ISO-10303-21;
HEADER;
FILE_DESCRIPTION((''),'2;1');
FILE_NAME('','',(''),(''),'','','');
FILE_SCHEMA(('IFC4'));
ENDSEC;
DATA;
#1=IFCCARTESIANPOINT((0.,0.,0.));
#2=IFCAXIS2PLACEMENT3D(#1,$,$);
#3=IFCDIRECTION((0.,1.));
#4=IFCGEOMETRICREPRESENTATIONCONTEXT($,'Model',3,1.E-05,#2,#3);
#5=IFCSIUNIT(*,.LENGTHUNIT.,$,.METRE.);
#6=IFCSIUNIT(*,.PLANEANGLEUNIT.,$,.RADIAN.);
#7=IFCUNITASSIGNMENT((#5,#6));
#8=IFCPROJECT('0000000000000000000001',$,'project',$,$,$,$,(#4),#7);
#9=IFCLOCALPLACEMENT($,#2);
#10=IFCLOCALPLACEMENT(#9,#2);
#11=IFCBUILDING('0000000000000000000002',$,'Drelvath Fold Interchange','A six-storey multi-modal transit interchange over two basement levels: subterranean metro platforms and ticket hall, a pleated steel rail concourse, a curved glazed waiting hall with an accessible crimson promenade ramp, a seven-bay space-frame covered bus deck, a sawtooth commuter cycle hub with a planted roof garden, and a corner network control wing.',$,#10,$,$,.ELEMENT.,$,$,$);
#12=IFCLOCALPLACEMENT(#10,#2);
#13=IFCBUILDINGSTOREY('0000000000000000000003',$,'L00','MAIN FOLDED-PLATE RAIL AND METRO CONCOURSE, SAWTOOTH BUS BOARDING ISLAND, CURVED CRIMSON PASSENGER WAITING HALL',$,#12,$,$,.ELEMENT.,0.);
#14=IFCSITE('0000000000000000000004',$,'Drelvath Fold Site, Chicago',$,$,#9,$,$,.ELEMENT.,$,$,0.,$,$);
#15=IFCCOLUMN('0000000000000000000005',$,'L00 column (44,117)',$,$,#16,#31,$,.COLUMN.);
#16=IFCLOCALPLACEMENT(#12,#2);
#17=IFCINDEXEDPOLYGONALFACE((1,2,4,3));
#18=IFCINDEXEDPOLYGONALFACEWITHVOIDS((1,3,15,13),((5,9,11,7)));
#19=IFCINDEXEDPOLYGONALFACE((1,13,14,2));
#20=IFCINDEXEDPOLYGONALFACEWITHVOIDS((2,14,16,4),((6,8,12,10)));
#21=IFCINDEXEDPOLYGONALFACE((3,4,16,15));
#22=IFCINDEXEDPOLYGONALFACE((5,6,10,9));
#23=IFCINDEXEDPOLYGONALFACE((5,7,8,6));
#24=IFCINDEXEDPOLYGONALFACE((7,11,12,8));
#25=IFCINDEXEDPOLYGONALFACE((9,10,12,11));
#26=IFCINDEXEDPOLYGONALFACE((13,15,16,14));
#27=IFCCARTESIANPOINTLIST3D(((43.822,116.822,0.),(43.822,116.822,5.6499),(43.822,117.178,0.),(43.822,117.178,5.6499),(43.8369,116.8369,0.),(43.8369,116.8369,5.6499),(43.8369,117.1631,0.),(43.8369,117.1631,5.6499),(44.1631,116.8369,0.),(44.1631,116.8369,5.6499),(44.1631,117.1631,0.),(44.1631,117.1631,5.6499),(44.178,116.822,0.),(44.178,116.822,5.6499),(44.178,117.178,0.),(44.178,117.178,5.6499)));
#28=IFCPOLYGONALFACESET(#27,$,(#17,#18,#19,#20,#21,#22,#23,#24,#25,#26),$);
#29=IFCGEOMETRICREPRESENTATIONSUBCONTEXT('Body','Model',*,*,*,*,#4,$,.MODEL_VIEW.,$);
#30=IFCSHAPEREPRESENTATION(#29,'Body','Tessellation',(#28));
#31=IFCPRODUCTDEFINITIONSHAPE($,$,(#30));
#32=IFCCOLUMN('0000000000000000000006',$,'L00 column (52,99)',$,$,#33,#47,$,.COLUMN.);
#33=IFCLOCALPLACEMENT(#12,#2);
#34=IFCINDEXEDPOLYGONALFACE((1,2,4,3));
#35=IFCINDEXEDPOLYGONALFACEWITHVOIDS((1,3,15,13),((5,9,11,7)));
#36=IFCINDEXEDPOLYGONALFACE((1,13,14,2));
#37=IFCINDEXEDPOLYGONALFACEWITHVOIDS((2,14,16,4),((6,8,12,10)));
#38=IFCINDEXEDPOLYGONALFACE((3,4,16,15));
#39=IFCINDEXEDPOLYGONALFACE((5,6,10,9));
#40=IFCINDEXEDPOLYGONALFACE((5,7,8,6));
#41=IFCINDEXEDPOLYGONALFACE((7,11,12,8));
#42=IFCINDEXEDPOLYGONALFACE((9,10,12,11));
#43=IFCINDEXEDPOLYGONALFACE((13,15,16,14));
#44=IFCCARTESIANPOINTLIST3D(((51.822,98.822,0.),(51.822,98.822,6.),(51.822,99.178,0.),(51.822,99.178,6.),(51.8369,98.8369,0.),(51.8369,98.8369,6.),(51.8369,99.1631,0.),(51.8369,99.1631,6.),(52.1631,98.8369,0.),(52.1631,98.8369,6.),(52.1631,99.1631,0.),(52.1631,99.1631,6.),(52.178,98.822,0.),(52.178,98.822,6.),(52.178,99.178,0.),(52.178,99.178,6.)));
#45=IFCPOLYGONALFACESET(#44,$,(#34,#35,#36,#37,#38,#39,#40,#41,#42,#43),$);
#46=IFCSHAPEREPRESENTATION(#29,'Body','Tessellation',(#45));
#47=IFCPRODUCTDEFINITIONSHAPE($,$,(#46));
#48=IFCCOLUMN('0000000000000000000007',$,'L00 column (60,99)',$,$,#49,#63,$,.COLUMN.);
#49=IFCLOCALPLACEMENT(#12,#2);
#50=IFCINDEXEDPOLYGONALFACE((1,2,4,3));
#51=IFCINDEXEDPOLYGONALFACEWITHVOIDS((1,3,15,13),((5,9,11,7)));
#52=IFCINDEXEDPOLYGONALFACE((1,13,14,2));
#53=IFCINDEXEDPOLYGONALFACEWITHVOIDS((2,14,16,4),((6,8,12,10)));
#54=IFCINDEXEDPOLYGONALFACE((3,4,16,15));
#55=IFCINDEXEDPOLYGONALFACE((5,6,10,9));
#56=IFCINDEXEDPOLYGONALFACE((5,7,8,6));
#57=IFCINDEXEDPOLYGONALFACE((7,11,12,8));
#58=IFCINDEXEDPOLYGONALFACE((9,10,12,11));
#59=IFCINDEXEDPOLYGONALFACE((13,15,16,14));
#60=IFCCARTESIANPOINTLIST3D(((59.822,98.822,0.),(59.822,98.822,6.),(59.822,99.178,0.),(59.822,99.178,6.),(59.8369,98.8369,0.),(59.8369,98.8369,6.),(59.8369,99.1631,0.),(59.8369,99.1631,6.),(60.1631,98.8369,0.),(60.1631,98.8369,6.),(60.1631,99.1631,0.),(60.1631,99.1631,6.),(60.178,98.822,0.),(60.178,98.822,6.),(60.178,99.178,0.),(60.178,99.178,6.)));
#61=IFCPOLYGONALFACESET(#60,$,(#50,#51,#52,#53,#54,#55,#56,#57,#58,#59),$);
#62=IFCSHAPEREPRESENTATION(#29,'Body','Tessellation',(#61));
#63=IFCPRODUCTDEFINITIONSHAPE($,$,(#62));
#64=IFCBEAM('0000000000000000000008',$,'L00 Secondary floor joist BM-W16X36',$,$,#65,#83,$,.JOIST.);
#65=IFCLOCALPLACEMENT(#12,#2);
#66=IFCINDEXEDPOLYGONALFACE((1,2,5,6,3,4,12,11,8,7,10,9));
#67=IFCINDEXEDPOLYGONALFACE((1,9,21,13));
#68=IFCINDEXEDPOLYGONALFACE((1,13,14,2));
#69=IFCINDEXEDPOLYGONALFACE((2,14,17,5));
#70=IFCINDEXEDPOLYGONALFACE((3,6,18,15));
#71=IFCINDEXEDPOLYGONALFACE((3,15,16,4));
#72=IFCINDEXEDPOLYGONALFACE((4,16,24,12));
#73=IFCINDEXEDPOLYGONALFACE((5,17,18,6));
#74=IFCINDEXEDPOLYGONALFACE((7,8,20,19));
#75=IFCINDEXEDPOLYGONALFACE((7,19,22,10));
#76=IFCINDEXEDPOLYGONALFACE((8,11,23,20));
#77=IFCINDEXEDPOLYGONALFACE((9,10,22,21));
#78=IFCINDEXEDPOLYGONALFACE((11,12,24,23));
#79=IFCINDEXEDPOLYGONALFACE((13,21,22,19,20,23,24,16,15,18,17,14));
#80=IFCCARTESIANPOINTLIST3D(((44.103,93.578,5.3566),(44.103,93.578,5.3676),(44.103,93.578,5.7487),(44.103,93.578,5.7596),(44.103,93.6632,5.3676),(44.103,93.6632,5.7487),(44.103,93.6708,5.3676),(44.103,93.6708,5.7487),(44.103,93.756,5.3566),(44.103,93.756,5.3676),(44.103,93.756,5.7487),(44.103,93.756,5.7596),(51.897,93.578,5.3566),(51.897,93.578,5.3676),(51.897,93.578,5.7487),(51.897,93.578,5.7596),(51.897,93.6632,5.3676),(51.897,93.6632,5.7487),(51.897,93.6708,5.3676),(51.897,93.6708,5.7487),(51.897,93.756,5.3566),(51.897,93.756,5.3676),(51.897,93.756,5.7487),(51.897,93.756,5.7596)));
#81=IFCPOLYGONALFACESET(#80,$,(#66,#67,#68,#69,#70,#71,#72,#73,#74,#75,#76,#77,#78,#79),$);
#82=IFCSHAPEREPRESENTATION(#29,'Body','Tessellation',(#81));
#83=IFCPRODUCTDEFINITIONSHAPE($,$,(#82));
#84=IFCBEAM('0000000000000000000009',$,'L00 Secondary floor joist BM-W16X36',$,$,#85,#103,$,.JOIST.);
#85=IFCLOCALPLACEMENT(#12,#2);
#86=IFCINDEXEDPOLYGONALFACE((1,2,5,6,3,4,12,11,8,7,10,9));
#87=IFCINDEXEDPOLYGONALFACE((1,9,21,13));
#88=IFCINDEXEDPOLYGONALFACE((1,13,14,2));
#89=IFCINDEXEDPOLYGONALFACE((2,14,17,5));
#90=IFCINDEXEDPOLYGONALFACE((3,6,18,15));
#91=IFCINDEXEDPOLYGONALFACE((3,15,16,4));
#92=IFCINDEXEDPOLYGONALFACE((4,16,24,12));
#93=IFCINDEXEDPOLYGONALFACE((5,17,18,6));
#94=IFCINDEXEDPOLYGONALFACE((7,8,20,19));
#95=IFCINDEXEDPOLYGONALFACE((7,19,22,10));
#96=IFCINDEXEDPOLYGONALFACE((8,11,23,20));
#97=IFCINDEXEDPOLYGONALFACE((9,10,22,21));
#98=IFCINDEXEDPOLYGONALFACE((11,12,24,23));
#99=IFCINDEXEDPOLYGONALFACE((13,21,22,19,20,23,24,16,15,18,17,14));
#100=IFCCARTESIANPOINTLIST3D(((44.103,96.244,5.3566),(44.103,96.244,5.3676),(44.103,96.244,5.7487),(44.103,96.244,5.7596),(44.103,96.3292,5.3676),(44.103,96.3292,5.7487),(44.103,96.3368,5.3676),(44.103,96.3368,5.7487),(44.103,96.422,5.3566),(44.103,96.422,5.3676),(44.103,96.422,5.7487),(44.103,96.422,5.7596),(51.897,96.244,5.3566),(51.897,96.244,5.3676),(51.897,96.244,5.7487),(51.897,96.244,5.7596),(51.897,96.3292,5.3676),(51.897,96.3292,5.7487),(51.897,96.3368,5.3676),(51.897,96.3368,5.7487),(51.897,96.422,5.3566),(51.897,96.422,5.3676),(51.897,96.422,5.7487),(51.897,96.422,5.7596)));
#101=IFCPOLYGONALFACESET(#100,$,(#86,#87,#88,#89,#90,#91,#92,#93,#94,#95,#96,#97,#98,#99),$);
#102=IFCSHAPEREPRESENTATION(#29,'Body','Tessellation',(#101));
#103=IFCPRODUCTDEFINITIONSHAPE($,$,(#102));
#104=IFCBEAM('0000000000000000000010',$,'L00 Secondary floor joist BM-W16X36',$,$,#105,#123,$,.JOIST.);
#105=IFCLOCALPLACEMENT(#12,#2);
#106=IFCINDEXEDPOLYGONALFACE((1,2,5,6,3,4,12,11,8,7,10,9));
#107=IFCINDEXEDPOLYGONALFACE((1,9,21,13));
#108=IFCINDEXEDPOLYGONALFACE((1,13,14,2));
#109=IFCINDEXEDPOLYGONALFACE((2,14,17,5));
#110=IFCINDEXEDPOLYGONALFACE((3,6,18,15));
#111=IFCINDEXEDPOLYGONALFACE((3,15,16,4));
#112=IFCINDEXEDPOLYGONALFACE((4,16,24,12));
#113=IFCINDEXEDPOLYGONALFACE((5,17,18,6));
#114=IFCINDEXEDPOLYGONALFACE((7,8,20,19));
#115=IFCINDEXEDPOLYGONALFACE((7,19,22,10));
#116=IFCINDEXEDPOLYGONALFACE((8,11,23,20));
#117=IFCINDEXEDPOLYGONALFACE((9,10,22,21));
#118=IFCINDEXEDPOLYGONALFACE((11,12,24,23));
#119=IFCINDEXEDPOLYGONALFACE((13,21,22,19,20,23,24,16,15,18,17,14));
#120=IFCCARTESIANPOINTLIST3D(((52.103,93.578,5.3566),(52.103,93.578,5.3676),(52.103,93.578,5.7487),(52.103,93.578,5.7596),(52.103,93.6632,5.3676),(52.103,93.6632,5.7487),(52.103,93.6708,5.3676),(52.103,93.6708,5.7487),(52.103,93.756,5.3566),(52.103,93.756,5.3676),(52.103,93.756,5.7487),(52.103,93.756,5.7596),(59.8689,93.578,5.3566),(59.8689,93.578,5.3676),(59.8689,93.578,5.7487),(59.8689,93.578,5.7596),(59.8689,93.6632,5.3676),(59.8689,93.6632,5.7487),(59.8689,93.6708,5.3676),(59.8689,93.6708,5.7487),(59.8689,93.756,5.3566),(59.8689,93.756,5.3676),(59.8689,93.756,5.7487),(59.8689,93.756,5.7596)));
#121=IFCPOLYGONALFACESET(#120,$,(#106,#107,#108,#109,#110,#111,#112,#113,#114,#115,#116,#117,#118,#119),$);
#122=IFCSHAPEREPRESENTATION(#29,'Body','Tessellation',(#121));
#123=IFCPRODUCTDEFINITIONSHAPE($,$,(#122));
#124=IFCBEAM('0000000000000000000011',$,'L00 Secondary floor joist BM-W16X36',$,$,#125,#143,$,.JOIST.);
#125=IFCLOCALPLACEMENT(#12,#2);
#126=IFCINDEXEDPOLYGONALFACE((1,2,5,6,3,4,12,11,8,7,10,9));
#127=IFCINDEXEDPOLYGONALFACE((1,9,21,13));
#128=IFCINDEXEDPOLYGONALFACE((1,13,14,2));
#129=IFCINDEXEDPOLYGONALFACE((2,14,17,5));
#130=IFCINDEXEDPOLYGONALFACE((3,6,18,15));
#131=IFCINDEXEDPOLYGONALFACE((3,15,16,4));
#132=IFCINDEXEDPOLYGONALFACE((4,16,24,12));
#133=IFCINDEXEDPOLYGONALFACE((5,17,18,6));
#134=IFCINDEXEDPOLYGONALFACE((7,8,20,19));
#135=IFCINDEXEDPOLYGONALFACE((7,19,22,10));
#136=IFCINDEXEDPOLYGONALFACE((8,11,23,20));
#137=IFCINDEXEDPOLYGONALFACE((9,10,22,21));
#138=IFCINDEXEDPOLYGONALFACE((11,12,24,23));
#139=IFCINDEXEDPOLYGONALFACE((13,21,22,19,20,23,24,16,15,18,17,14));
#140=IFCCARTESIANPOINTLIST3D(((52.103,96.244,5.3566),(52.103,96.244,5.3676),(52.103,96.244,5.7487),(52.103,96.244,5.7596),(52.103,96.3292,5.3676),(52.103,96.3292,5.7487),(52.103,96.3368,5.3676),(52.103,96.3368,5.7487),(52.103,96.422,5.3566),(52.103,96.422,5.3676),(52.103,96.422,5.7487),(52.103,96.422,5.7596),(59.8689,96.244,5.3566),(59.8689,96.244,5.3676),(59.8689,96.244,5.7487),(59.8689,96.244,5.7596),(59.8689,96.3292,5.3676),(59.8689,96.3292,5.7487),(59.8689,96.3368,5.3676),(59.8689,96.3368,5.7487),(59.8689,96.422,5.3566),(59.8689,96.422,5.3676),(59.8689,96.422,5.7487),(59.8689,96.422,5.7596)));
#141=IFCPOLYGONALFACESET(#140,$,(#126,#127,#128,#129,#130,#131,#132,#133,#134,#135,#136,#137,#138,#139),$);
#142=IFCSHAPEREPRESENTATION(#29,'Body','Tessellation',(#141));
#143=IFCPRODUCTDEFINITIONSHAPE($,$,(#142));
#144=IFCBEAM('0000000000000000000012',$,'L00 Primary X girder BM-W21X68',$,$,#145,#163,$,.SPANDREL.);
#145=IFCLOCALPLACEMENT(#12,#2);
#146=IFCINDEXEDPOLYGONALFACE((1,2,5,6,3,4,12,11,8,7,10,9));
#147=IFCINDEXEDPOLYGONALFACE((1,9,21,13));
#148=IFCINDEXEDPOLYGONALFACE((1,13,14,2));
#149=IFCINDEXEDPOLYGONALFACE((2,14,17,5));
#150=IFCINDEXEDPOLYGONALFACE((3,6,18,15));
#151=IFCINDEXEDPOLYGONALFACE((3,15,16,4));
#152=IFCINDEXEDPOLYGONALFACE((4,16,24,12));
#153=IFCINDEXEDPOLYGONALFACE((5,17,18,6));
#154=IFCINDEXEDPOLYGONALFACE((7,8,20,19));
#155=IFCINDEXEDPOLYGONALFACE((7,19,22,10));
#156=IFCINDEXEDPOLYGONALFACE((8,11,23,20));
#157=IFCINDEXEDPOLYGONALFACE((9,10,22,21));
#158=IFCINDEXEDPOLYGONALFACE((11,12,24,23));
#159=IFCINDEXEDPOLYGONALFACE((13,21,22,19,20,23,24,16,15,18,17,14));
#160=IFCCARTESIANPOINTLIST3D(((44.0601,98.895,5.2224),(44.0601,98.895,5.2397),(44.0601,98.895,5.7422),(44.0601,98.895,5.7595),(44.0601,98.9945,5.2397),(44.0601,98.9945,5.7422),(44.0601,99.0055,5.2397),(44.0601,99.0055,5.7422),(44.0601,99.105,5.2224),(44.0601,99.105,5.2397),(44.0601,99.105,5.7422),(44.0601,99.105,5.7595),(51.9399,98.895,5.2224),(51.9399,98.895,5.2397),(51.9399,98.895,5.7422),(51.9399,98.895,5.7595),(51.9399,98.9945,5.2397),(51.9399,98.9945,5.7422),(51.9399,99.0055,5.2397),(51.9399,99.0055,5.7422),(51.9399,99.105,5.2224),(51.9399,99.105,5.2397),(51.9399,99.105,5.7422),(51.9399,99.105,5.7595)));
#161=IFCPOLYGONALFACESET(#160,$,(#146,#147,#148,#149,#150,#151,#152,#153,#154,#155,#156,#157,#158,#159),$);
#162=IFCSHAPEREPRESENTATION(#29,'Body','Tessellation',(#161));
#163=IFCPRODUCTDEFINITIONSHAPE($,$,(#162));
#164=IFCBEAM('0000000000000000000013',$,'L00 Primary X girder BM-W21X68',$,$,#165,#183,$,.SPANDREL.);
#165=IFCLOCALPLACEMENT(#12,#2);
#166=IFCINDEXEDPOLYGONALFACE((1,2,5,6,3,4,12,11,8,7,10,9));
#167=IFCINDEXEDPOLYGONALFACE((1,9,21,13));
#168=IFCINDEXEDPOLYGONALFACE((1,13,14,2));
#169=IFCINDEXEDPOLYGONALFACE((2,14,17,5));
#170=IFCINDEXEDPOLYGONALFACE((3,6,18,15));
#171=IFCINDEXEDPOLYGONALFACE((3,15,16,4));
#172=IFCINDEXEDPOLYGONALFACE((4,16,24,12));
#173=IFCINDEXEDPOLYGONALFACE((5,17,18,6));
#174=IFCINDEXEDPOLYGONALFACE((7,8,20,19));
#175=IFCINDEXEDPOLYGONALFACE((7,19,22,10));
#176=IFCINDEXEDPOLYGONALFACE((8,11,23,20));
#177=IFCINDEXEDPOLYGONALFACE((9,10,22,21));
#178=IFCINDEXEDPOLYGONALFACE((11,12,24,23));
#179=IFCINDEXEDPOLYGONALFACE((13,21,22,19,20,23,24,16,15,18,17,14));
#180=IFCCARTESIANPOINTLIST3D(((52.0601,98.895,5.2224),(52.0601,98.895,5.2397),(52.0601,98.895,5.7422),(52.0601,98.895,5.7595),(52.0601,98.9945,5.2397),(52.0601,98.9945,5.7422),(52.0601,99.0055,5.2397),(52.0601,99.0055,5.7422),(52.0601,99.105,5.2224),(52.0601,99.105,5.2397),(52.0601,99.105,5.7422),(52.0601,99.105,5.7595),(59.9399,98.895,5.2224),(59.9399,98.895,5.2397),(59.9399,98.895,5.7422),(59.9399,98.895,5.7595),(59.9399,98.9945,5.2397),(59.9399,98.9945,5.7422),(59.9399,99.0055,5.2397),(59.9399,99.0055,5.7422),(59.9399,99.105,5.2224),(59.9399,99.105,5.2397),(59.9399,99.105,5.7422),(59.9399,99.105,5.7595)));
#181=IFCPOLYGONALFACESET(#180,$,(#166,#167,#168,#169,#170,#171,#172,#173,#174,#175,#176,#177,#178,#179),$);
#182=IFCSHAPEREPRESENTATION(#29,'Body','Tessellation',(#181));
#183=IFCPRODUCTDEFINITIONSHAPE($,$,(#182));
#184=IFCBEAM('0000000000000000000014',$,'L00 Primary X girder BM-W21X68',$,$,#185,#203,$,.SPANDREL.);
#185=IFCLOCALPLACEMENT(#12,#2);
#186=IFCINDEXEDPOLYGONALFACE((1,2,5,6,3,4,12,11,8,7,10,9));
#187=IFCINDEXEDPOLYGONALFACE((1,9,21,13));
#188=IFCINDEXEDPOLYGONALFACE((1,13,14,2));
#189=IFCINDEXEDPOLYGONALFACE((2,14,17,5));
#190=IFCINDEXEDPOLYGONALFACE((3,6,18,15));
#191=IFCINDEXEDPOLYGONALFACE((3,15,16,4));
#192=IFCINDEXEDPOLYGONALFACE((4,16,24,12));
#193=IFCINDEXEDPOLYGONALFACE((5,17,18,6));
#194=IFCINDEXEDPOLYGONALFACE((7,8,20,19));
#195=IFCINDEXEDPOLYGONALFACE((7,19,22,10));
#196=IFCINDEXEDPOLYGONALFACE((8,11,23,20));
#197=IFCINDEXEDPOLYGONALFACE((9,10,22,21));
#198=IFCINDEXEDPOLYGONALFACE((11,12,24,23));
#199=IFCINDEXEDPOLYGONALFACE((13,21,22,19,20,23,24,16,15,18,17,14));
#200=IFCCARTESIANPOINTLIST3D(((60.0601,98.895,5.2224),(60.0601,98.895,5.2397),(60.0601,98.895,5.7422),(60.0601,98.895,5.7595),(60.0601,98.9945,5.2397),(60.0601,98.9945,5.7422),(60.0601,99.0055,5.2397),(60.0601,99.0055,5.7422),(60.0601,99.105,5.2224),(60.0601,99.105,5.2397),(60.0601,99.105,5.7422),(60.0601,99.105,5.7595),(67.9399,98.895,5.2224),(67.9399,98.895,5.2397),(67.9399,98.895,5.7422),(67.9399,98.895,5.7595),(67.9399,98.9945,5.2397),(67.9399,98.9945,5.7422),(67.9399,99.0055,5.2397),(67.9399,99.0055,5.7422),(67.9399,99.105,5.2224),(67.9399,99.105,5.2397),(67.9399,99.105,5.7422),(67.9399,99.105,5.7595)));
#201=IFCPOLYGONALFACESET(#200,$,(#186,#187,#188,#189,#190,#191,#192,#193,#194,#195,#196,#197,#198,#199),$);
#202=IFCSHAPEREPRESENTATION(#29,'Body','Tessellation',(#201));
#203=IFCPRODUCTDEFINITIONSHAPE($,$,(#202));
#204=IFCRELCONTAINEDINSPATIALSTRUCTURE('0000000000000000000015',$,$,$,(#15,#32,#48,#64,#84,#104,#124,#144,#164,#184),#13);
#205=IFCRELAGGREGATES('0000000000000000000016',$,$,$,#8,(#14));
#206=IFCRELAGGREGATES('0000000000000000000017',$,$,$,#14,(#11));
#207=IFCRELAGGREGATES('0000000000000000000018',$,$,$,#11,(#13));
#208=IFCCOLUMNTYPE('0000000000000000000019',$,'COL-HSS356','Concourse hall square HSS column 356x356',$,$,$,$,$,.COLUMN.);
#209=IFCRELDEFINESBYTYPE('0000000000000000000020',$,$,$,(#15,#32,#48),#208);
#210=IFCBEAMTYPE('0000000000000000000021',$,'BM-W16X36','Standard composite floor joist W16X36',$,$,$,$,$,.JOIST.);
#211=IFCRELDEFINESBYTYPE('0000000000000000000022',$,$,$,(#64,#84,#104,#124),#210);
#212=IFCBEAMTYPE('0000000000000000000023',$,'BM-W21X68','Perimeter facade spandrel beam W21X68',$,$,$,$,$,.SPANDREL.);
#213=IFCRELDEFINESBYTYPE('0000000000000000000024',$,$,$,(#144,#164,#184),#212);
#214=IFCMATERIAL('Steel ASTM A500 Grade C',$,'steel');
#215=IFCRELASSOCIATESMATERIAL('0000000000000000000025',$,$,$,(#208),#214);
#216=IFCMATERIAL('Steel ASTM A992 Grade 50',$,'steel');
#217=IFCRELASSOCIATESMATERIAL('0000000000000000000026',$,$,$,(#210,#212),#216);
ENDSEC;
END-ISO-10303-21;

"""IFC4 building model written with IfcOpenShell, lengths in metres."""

from ifc_helpers import new_model, si_unit, direction, frame, origin, origin_2d, place, context, subcontext, project, spatial, hollow_rectangle, i_section, extrude, material, material_profile, profile_set, type_object, element, save


model = new_model("IFC4")

# Units and contexts
model_context = context("Model", 3, precision=1e-05, world=origin(), true_north=direction((0.0, 1.0)))
body_context = subcontext(model_context, "Body", "Model", "MODEL_VIEW")
ifc_project = project(units=[si_unit("LENGTHUNIT", "METRE"), si_unit("PLANEANGLEUNIT", "RADIAN")], contexts=[model_context])

# Site, building, storey
site_placement = place(None, origin())
site = spatial("IfcSite", under=ifc_project, at=site_placement, Name="Drelvath Fold Site, Chicago", CompositionType="ELEMENT", RefElevation=0.0)
building_placement = place(site_placement, origin())
building = spatial("IfcBuilding", under=site, at=building_placement, Name="Drelvath Fold Interchange", Description="A six-storey multi-modal transit interchange over two basement levels: subterranean metro platforms and ticket hall, a pleated steel rail concourse, a curved glazed waiting hall with an accessible crimson promenade ramp, a seven-bay space-frame covered bus deck, a sawtooth commuter cycle hub with a planted roof garden, and a corner network control wing.", CompositionType="ELEMENT")
storey_placement = place(building_placement, origin())
storey = spatial("IfcBuildingStorey", under=building, at=storey_placement, Name="L00", Description="MAIN FOLDED-PLATE RAIL AND METRO CONCOURSE, SAWTOOTH BUS BOARDING ISLAND, CURVED CRIMSON PASSENGER WAITING HALL", CompositionType="ELEMENT", Elevation=0.0)

# Columns
ifc_material_1 = material(Name="Steel ASTM A500 Grade C", Category="steel")
ifc_material_profile_1 = material_profile(ifc_material_1, hollow_rectangle(XDim=0.356, YDim=0.356, WallThickness=0.0149, at=origin_2d()), Name="HSS14X14X5/8")
ifc_profile_set_1 = profile_set([ifc_material_profile_1], Name="Steel ASTM A500 Grade C")
column_type = type_object("IfcColumnType", Name="COL-HSS356", Description="Concourse hall square HSS column 356x356", PredefinedType="COLUMN", material=ifc_profile_set_1)
column_placement = place(storey_placement, frame((44.0, 117.0, 0.0), z_axis=(0.0, 0.0, 1.0), x_axis=(1.0, 0.0, 0.0)))
element("IfcColumn", 1, at=column_placement, inside=storey, type_object=column_type, Name="L00 column (44,117)", PredefinedType="COLUMN", context=body_context, shape_type="SweptSolid", body=[
    extrude(hollow_rectangle(XDim=0.356, YDim=0.356, WallThickness=0.0149, at=origin_2d()), origin(), (0.0, 0.0, 1.0), 5.6499),
])
for number, where, z_axis, x_axis, name in (
    (2, (52.0, 99.0, 0.0), (0.0, 0.0, 1.0), (1.0, 0.0, 0.0), "L00 column (52,99)"),
    (3, (60.0, 99.0, 0.0), (0.0, 0.0, 1.0), (1.0, 0.0, 0.0), "L00 column (60,99)"),
):
    element("IfcColumn", number, at=place(storey_placement, frame(where, z_axis=z_axis, x_axis=x_axis)), inside=storey, type_object=column_type, Name=name, PredefinedType="COLUMN", context=body_context, shape_type="SweptSolid", body=[
        extrude(hollow_rectangle(XDim=0.356, YDim=0.356, WallThickness=0.0149, at=origin_2d()), origin(), (0.0, 0.0, 1.0), 6.0),
    ])

# Beams
ifc_material_2 = material(Name="Steel ASTM A992 Grade 50", Category="steel")
ifc_material_profile_2 = material_profile(ifc_material_2, i_section(OverallWidth=0.178, OverallDepth=0.4031, WebThickness=0.0076, FlangeThickness=0.011, at=origin_2d()), Name="W16X36")
ifc_profile_set_2 = profile_set([ifc_material_profile_2], Name="Steel ASTM A992 Grade 50")
beam_type_1 = type_object("IfcBeamType", Name="BM-W16X36", Description="Standard composite floor joist W16X36", PredefinedType="JOIST", material=ifc_profile_set_2)
for number, where, z_axis, x_axis, name in (
    (4, (44.103, 93.667, 5.5581), (1.0, 0.0, 0.0), (0.0, 1.0, 0.0), "L00 Secondary floor joist BM-W16X36"),
    (5, (44.103, 96.333, 5.5581), (1.0, 0.0, 0.0), (0.0, 1.0, 0.0), "L00 Secondary floor joist BM-W16X36"),
):
    element("IfcBeam", number, at=place(storey_placement, frame(where, z_axis=z_axis, x_axis=x_axis)), inside=storey, type_object=beam_type_1, Name=name, PredefinedType="JOIST", context=body_context, shape_type="SweptSolid", body=[
        extrude(i_section(OverallWidth=0.178, OverallDepth=0.4031, WebThickness=0.0076, FlangeThickness=0.011, at=origin_2d()), origin(), (0.0, 0.0, 1.0), 7.7939),
    ])
for number, where, z_axis, x_axis, name in (
    (6, (52.103, 93.667, 5.5581), (1.0, 0.0, 0.0), (0.0, 1.0, 0.0), "L00 Secondary floor joist BM-W16X36"),
    (7, (52.103, 96.333, 5.5581), (1.0, 0.0, 0.0), (0.0, 1.0, 0.0), "L00 Secondary floor joist BM-W16X36"),
):
    element("IfcBeam", number, at=place(storey_placement, frame(where, z_axis=z_axis, x_axis=x_axis)), inside=storey, type_object=beam_type_1, Name=name, PredefinedType="JOIST", context=body_context, shape_type="SweptSolid", body=[
        extrude(i_section(OverallWidth=0.178, OverallDepth=0.4031, WebThickness=0.0076, FlangeThickness=0.011, at=origin_2d()), origin(), (0.0, 0.0, 1.0), 7.7659),
    ])
ifc_material_profile_3 = material_profile(ifc_material_2, i_section(OverallWidth=0.21, OverallDepth=0.5371, WebThickness=0.011, FlangeThickness=0.0173, at=origin_2d()), Name="W21X68")
ifc_profile_set_3 = profile_set([ifc_material_profile_3], Name="Steel ASTM A992 Grade 50")
beam_type_2 = type_object("IfcBeamType", Name="BM-W21X68", Description="Perimeter facade spandrel beam W21X68", PredefinedType="SPANDREL", material=ifc_profile_set_3)
for number, where, z_axis, x_axis, name in (
    (8, (44.0601, 99.0, 5.491), (1.0, 0.0, 0.0), (0.0, 1.0, 0.0), "L00 Primary X girder BM-W21X68"),
    (9, (52.0601, 99.0, 5.491), (1.0, 0.0, 0.0), (0.0, 1.0, 0.0), "L00 Primary X girder BM-W21X68"),
    (10, (60.0601, 99.0, 5.491), (1.0, 0.0, 0.0), (0.0, 1.0, 0.0), "L00 Primary X girder BM-W21X68"),
):
    element("IfcBeam", number, at=place(storey_placement, frame(where, z_axis=z_axis, x_axis=x_axis)), inside=storey, type_object=beam_type_2, Name=name, PredefinedType="SPANDREL", context=body_context, shape_type="SweptSolid", body=[
        extrude(i_section(OverallWidth=0.21, OverallDepth=0.5371, WebThickness=0.011, FlangeThickness=0.0173, at=origin_2d()), origin(), (0.0, 0.0, 1.0), 7.8799),
    ])

save(model, "model.ifc")
